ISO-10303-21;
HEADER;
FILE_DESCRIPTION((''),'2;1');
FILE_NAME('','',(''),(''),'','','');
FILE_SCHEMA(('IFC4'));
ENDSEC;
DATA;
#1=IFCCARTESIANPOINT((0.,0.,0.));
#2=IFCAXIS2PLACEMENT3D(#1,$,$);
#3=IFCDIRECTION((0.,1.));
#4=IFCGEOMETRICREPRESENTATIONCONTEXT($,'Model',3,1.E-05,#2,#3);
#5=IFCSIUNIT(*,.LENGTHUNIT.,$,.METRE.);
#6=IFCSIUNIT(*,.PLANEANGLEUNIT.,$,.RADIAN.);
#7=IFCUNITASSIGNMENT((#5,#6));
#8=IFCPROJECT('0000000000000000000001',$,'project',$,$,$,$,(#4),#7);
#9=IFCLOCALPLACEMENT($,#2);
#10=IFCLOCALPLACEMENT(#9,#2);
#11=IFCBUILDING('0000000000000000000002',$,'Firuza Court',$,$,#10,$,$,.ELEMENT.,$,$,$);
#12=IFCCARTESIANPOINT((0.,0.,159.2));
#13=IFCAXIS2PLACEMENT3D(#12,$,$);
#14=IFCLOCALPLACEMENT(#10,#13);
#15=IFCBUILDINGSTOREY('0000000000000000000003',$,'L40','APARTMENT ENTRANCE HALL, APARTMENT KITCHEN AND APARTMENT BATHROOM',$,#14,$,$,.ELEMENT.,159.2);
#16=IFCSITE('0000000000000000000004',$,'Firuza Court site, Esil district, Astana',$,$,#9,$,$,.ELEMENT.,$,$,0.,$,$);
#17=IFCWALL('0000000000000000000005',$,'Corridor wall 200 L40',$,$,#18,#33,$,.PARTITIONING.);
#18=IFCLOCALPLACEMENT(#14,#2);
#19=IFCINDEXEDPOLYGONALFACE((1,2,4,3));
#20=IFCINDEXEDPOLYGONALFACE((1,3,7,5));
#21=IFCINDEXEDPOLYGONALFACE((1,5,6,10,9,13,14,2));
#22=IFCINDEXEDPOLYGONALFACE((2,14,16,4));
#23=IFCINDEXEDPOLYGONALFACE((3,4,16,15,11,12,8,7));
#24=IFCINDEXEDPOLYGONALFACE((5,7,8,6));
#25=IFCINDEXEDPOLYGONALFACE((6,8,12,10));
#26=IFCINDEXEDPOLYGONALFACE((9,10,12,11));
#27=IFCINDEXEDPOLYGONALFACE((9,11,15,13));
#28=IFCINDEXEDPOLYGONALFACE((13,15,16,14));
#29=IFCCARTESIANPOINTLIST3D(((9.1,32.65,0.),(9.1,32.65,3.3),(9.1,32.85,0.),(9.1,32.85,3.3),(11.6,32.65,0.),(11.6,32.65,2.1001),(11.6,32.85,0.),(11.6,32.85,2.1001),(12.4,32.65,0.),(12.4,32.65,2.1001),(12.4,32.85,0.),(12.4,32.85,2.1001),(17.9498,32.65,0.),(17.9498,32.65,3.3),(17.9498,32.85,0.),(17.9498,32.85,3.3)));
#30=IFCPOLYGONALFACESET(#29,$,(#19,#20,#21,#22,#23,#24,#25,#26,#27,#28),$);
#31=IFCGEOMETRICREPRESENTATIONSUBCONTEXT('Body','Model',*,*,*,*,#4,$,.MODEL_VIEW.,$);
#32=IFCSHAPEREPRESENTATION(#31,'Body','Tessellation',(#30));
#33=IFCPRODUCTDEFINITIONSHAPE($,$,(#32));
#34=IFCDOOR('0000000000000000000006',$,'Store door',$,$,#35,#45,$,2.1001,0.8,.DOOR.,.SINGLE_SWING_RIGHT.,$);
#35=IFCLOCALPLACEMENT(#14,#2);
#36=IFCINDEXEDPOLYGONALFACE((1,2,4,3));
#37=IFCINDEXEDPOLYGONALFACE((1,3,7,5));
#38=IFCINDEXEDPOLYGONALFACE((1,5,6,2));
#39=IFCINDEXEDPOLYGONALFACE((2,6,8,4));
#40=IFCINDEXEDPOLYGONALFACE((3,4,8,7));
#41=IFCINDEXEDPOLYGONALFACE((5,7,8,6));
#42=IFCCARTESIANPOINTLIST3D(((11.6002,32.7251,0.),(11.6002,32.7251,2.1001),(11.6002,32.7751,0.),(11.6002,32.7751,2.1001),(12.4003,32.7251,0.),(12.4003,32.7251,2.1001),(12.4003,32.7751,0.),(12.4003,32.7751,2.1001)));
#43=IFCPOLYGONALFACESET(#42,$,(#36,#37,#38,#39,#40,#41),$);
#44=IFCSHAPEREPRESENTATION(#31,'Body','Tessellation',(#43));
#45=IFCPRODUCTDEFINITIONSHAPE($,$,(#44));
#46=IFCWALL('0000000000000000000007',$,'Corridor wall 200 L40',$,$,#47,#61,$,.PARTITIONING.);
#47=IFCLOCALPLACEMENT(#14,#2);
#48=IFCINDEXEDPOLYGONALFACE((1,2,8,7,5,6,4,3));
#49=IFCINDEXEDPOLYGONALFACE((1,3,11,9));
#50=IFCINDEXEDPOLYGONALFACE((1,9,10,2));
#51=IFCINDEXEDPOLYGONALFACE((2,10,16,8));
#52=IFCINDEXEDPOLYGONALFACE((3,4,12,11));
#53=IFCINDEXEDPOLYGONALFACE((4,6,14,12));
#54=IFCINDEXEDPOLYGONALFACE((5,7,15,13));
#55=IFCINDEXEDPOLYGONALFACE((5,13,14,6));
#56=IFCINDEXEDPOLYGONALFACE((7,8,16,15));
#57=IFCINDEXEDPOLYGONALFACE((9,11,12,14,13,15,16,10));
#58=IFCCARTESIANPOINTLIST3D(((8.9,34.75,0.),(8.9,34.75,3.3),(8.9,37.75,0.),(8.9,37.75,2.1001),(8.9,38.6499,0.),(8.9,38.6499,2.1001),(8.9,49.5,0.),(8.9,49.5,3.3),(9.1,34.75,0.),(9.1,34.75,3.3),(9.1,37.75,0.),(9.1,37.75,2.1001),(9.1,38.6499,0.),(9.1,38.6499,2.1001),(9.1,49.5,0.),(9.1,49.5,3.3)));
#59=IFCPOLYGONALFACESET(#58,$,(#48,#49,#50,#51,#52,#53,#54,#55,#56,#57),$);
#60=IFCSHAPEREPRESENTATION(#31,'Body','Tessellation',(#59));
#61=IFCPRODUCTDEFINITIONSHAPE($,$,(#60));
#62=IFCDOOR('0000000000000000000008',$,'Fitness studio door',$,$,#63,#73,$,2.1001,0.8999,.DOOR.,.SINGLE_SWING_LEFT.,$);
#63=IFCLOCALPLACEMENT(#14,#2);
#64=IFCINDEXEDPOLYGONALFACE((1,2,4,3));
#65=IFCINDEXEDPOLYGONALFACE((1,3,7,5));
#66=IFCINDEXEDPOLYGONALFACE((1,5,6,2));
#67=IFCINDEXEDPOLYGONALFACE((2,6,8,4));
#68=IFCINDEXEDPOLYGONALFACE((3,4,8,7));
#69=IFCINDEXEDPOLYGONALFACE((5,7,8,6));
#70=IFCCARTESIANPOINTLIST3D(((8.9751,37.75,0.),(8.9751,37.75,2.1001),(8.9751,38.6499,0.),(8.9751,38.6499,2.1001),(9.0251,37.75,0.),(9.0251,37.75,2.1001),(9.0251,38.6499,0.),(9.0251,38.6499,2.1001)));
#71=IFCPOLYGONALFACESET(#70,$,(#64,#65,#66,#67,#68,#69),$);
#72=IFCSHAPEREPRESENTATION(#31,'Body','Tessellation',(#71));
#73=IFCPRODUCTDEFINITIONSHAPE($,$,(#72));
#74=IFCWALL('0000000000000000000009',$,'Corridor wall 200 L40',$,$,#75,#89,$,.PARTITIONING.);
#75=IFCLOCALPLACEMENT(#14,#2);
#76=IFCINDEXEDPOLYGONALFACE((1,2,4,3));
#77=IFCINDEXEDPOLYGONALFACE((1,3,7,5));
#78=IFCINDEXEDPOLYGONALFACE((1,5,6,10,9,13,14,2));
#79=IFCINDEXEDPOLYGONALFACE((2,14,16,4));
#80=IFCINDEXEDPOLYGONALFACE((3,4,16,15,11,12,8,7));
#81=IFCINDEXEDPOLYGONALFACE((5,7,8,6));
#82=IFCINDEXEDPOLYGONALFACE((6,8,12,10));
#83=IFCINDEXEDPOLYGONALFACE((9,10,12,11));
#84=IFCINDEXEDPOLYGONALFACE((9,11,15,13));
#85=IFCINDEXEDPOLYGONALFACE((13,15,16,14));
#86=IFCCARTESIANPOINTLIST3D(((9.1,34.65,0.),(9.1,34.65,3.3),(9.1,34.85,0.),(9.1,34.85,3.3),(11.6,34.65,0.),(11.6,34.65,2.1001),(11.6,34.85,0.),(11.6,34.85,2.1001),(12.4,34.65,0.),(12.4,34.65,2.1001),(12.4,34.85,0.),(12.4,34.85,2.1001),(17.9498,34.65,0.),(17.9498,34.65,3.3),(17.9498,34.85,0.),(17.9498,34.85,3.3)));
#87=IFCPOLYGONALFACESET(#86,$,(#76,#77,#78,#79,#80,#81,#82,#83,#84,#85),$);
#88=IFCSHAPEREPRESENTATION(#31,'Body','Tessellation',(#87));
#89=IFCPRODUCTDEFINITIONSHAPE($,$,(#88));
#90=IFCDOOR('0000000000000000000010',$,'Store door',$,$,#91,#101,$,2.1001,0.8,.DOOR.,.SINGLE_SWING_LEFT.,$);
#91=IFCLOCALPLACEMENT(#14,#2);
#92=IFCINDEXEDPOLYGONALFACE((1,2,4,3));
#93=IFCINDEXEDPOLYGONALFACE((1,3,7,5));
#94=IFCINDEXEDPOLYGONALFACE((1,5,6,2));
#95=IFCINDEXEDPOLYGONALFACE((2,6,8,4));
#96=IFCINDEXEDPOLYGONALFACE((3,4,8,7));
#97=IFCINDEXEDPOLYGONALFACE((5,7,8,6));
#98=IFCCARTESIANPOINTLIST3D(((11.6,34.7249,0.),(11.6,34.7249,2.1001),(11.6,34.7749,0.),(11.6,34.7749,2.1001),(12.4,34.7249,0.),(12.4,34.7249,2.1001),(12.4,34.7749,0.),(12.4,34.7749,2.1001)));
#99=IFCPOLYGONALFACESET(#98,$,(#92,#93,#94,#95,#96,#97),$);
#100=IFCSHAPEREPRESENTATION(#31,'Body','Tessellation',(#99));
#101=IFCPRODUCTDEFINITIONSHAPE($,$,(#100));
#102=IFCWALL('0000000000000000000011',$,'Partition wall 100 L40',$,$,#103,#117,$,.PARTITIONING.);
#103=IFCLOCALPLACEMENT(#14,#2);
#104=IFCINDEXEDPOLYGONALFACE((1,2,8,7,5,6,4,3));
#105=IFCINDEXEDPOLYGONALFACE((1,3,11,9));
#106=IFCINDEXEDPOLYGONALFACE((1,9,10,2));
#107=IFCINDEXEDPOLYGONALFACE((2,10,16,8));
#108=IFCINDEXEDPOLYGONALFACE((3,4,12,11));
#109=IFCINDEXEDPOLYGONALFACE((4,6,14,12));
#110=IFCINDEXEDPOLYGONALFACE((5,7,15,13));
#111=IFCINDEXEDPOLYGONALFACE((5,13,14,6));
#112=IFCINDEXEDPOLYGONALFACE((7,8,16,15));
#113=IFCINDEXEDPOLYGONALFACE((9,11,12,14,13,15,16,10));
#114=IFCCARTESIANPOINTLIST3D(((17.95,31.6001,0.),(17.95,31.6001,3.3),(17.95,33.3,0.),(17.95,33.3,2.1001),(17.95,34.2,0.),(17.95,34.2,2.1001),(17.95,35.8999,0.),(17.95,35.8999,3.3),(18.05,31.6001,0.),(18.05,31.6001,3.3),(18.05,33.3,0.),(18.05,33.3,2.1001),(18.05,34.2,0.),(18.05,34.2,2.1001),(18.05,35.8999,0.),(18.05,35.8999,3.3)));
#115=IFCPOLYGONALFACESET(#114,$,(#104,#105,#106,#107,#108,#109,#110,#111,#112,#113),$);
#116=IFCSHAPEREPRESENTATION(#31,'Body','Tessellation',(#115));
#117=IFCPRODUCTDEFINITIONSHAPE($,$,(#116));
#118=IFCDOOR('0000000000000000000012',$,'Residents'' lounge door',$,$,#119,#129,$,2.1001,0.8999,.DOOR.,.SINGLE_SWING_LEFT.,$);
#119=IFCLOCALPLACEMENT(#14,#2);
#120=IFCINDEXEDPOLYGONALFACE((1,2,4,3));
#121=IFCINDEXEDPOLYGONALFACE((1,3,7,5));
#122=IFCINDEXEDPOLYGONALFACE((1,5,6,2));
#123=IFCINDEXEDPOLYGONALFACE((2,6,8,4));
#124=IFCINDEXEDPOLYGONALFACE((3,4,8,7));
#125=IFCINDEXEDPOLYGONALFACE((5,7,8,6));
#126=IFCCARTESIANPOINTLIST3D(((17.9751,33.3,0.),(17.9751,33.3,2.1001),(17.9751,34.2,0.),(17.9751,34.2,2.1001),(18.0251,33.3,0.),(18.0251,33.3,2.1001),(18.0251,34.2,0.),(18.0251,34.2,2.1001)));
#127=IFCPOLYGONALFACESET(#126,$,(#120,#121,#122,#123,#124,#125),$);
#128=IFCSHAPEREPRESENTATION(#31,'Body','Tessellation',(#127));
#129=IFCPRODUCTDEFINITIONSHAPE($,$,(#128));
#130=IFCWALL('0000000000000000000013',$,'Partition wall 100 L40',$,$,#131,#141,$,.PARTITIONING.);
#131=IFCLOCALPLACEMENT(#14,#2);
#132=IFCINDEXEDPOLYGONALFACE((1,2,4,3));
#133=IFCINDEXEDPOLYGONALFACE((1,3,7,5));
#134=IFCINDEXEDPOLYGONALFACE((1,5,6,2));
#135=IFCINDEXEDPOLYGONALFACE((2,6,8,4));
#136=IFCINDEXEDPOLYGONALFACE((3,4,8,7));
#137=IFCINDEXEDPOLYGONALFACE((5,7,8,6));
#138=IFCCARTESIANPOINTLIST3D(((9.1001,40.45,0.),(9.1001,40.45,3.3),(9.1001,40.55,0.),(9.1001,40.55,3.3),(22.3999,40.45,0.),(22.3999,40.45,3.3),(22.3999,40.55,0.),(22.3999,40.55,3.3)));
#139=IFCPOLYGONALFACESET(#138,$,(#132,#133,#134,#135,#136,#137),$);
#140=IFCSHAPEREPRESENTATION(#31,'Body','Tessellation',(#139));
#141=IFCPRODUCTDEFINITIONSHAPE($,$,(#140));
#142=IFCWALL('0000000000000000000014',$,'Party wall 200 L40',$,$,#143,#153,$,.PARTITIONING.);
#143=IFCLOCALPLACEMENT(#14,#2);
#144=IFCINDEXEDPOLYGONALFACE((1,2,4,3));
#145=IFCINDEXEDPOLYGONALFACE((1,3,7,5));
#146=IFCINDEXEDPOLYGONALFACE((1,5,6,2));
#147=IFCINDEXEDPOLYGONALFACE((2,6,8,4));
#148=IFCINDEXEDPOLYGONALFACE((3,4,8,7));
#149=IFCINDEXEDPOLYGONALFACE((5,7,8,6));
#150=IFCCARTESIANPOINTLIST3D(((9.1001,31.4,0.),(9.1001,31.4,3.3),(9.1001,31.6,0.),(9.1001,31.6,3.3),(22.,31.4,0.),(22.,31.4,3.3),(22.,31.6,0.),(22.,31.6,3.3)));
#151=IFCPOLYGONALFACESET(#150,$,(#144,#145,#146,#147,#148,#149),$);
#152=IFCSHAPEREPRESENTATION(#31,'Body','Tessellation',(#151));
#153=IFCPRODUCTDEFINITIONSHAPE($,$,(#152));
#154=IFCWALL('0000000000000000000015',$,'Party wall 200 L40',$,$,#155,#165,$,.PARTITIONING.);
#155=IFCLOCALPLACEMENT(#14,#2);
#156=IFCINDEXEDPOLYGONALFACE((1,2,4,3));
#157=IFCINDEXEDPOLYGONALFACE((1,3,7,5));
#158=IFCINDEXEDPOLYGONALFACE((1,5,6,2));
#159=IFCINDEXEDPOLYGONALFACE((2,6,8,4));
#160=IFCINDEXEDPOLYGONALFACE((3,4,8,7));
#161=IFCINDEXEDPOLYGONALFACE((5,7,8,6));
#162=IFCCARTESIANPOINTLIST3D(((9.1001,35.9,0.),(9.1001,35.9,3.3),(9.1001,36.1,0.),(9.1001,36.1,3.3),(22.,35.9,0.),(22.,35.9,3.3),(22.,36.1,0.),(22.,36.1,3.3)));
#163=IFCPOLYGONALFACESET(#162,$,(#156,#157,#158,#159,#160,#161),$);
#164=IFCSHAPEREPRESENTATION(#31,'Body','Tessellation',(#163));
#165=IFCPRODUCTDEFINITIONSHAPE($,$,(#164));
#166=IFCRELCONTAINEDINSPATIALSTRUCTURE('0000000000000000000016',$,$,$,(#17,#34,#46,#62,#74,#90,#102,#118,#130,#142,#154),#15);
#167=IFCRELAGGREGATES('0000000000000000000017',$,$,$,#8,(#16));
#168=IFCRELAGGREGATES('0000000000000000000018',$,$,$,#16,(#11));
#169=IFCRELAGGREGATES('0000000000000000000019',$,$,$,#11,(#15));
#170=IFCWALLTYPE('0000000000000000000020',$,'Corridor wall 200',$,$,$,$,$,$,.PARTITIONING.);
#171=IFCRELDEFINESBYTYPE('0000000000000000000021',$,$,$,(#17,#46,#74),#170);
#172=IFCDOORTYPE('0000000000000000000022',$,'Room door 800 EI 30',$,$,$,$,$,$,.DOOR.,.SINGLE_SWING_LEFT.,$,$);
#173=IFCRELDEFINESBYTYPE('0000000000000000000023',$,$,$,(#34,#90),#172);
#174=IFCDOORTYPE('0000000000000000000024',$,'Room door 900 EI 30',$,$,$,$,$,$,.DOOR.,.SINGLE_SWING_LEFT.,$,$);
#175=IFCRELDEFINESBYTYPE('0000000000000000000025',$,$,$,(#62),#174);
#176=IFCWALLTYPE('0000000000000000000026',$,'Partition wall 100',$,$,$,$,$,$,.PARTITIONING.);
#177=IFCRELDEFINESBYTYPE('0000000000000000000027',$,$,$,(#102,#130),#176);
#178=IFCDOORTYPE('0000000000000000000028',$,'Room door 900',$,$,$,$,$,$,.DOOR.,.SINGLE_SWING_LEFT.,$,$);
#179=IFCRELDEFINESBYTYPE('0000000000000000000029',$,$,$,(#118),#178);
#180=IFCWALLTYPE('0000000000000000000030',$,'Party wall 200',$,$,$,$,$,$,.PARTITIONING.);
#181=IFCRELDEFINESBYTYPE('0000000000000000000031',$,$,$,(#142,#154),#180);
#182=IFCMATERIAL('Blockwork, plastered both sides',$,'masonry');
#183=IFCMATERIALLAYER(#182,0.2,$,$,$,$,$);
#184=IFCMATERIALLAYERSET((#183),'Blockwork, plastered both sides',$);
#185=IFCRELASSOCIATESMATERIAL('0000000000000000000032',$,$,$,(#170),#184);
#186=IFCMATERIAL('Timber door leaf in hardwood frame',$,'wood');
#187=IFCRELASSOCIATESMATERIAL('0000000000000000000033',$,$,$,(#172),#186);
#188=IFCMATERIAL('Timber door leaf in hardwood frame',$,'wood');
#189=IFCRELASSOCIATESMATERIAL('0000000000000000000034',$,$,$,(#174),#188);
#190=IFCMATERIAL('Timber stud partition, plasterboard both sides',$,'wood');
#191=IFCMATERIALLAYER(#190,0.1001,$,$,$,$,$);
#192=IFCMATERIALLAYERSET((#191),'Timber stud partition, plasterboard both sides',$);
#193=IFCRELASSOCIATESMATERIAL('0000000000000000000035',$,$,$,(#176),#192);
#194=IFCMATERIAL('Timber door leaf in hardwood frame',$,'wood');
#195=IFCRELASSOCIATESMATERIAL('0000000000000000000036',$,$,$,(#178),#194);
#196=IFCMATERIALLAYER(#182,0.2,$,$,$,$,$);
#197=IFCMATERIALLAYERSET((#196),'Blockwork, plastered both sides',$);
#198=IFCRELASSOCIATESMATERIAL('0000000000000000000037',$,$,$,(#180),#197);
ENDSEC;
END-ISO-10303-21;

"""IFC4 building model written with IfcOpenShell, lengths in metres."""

from ifc_helpers import new_model, si_unit, direction, frame, frame_2d, origin, place, context, subcontext, project, spatial, rectangle, extrude, material, layer, layer_set, type_object, element, fill, save


model = new_model("IFC4")

# Units and contexts
model_context = context("Model", 3, precision=1e-05, world=origin(), true_north=direction((0.0, 1.0)))
body_context = subcontext(model_context, "Body", "Model", "MODEL_VIEW")
ifc_project = project(units=[si_unit("LENGTHUNIT", "METRE"), si_unit("PLANEANGLEUNIT", "RADIAN")], contexts=[model_context])

# Site, building, storey
site_placement = place(None, origin())
site = spatial("IfcSite", under=ifc_project, at=site_placement, Name="Firuza Court site, Esil district, Astana", CompositionType="ELEMENT", RefElevation=0.0)
building_placement = place(site_placement, origin())
building = spatial("IfcBuilding", under=site, at=building_placement, Name="Firuza Court", CompositionType="ELEMENT")
storey_placement = place(building_placement, frame((0.0, 0.0, 159.2)))
storey = spatial("IfcBuildingStorey", under=building, at=storey_placement, Name="L40", Description="APARTMENT ENTRANCE HALL, APARTMENT KITCHEN AND APARTMENT BATHROOM", CompositionType="ELEMENT", Elevation=159.2)

# Walls, openings, doors
ifc_material_1 = material(Name="Blockwork, plastered both sides", Category="masonry")
ifc_layer_1 = layer(ifc_material_1, 0.2)
ifc_layer_set_1 = layer_set([ifc_layer_1], Name="Blockwork, plastered both sides")
wall_type_1 = type_object("IfcWallType", Name="Corridor wall 200", PredefinedType="PARTITIONING", material=ifc_layer_set_1)
wall_1_placement = place(storey_placement, frame((9.1001, 32.75, 0.0), z_axis=(0.0, 0.0, 1.0), x_axis=(1.0, 0.0, 0.0)))
wall_1 = element("IfcWall", 1, at=wall_1_placement, inside=storey, type_object=wall_type_1, Name="Corridor wall 200 L40", PredefinedType="PARTITIONING", context=body_context, shape_type="SweptSolid", body=[
    extrude(rectangle(XDim=8.8499, YDim=0.2, at=frame_2d((4.4248, 0.0))), origin(), (0.0, 0.0, 1.0), 3.3),
])
opening_1_placement = place(wall_1_placement, frame((2.5, 0.0, 0.0)))
opening_1 = element("IfcOpeningElement", 2, at=opening_1_placement, cuts=wall_1, PredefinedType="OPENING", context=body_context, shape_type="SweptSolid", body=[
    extrude(rectangle(XDim=0.8, YDim=2.1001, at=frame_2d((0.3999, 1.05))), frame((0.0, 0.1118, 0.0), z_axis=(0.0, -1.0, 0.0), x_axis=(1.0, 0.0, 0.0)), (0.0, 0.0, 1.0), 0.2239),
])
ifc_material_2 = material(Name="Timber door leaf in hardwood frame", Category="wood")
door_type_1 = type_object("IfcDoorType", Name="Room door 800 EI 30", OperationType="SINGLE_SWING_LEFT", PredefinedType="DOOR", material=ifc_material_2)
door_1_placement = place(opening_1_placement, frame((0.8, 0.0, 0.0), z_axis=(0.0, 0.0, 1.0), x_axis=(-1.0, 0.0, 0.0)))
door_1 = element("IfcDoor", 3, at=door_1_placement, inside=storey, type_object=door_type_1, Name="Store door", OperationType="SINGLE_SWING_RIGHT", OverallHeight=2.1001, OverallWidth=0.8, PredefinedType="DOOR", context=body_context, shape_type="SweptSolid", body=[
    extrude(rectangle(XDim=0.8, YDim=2.1001, at=frame_2d((0.3999, 1.05))), frame((0.0, 0.0249, 0.0), z_axis=(0.0, -1.0, 0.0), x_axis=(1.0, 0.0, 0.0)), (0.0, 0.0, 1.0), 0.05),
])
fill(opening_1, door_1)
wall_2_placement = place(storey_placement, frame((9.0, 34.75, 0.0), z_axis=(0.0, 0.0, 1.0), x_axis=(0.0, 1.0, 0.0)))
wall_2 = element("IfcWall", 4, at=wall_2_placement, inside=storey, type_object=wall_type_1, Name="Corridor wall 200 L40", PredefinedType="PARTITIONING", context=body_context, shape_type="SweptSolid", body=[
    extrude(rectangle(XDim=14.75, YDim=0.2, at=frame_2d((7.375, 0.0))), origin(), (0.0, 0.0, 1.0), 3.3),
])
opening_2_placement = place(wall_2_placement, frame((3.0, 0.0, 0.0)))
opening_2 = element("IfcOpeningElement", 5, at=opening_2_placement, cuts=wall_2, PredefinedType="OPENING", context=body_context, shape_type="SweptSolid", body=[
    extrude(rectangle(XDim=0.8999, YDim=2.1001, at=frame_2d((0.45, 1.05))), frame((0.0, 0.1118, 0.0), z_axis=(0.0, -1.0, 0.0), x_axis=(1.0, 0.0, 0.0)), (0.0, 0.0, 1.0), 0.2239),
])
ifc_material_3 = material(Name="Timber door leaf in hardwood frame", Category="wood")
door_type_2 = type_object("IfcDoorType", Name="Room door 900 EI 30", OperationType="SINGLE_SWING_LEFT", PredefinedType="DOOR", material=ifc_material_3)
door_2_placement = place(opening_2_placement, origin())
door_2 = element("IfcDoor", 6, at=door_2_placement, inside=storey, type_object=door_type_2, Name="Fitness studio door", OperationType="SINGLE_SWING_LEFT", OverallHeight=2.1001, OverallWidth=0.8999, PredefinedType="DOOR", context=body_context, shape_type="SweptSolid", body=[
    extrude(rectangle(XDim=0.8999, YDim=2.1001, at=frame_2d((0.45, 1.05))), frame((0.0, 0.0249, 0.0), z_axis=(0.0, -1.0, 0.0), x_axis=(1.0, 0.0, 0.0)), (0.0, 0.0, 1.0), 0.05),
])
fill(opening_2, door_2)
wall_3_placement = place(storey_placement, frame((9.1001, 34.75, 0.0), z_axis=(0.0, 0.0, 1.0), x_axis=(1.0, 0.0, 0.0)))
wall_3 = element("IfcWall", 7, at=wall_3_placement, inside=storey, type_object=wall_type_1, Name="Corridor wall 200 L40", PredefinedType="PARTITIONING", context=body_context, shape_type="SweptSolid", body=[
    extrude(rectangle(XDim=8.8499, YDim=0.2, at=frame_2d((4.4248, 0.0))), origin(), (0.0, 0.0, 1.0), 3.3),
])
opening_3_placement = place(wall_3_placement, frame((2.5, 0.0, 0.0)))
opening_3 = element("IfcOpeningElement", 8, at=opening_3_placement, cuts=wall_3, PredefinedType="OPENING", context=body_context, shape_type="SweptSolid", body=[
    extrude(rectangle(XDim=0.8, YDim=2.1001, at=frame_2d((0.3999, 1.05))), frame((0.0, 0.1118, 0.0), z_axis=(0.0, -1.0, 0.0), x_axis=(1.0, 0.0, 0.0)), (0.0, 0.0, 1.0), 0.2239),
])
door_3_placement = place(opening_3_placement, origin())
door_3 = element("IfcDoor", 9, at=door_3_placement, inside=storey, type_object=door_type_1, Name="Store door", OperationType="SINGLE_SWING_LEFT", OverallHeight=2.1001, OverallWidth=0.8, PredefinedType="DOOR", context=body_context, shape_type="SweptSolid", body=[
    extrude(rectangle(XDim=0.8, YDim=2.1001, at=frame_2d((0.3999, 1.05))), frame((0.0, 0.0249, 0.0), z_axis=(0.0, -1.0, 0.0), x_axis=(1.0, 0.0, 0.0)), (0.0, 0.0, 1.0), 0.05),
])
fill(opening_3, door_3)
ifc_material_4 = material(Name="Timber stud partition, plasterboard both sides", Category="wood")
ifc_layer_2 = layer(ifc_material_4, 0.1001)
ifc_layer_set_2 = layer_set([ifc_layer_2], Name="Timber stud partition, plasterboard both sides")
wall_type_2 = type_object("IfcWallType", Name="Partition wall 100", PredefinedType="PARTITIONING", material=ifc_layer_set_2)
wall_4_placement = place(storey_placement, frame((18.0, 31.6001, 0.0), z_axis=(0.0, 0.0, 1.0), x_axis=(0.0, 1.0, 0.0)))
wall_4 = element("IfcWall", 10, at=wall_4_placement, inside=storey, type_object=wall_type_2, Name="Partition wall 100 L40", PredefinedType="PARTITIONING", context=body_context, shape_type="SweptSolid", body=[
    extrude(rectangle(XDim=4.2998, YDim=0.1001, at=frame_2d((2.1499, 0.0))), origin(), (0.0, 0.0, 1.0), 3.3),
])
opening_4_placement = place(wall_4_placement, frame((1.7, 0.0, 0.0)))
opening_4 = element("IfcOpeningElement", 11, at=opening_4_placement, cuts=wall_4, PredefinedType="OPENING", context=body_context, shape_type="SweptSolid", body=[
    extrude(rectangle(XDim=0.8999, YDim=2.1001, at=frame_2d((0.45, 1.05))), frame((0.0, 0.062, 0.0), z_axis=(0.0, -1.0, 0.0), x_axis=(1.0, 0.0, 0.0)), (0.0, 0.0, 1.0), 0.124),
])
ifc_material_5 = material(Name="Timber door leaf in hardwood frame", Category="wood")
door_type_3 = type_object("IfcDoorType", Name="Room door 900", OperationType="SINGLE_SWING_LEFT", PredefinedType="DOOR", material=ifc_material_5)
door_4_placement = place(opening_4_placement, origin())
door_4 = element("IfcDoor", 12, at=door_4_placement, inside=storey, type_object=door_type_3, Name="Residents' lounge door", OperationType="SINGLE_SWING_LEFT", OverallHeight=2.1001, OverallWidth=0.8999, PredefinedType="DOOR", context=body_context, shape_type="SweptSolid", body=[
    extrude(rectangle(XDim=0.8999, YDim=2.1001, at=frame_2d((0.45, 1.05))), frame((0.0, 0.0249, 0.0), z_axis=(0.0, -1.0, 0.0), x_axis=(1.0, 0.0, 0.0)), (0.0, 0.0, 1.0), 0.05),
])
fill(opening_4, door_4)

# Walls
wall_5_placement = place(storey_placement, frame((9.1001, 40.5, 0.0), z_axis=(0.0, 0.0, 1.0), x_axis=(1.0, 0.0, 0.0)))
element("IfcWall", 13, at=wall_5_placement, inside=storey, type_object=wall_type_2, Name="Partition wall 100 L40", PredefinedType="PARTITIONING", context=body_context, shape_type="SweptSolid", body=[
    extrude(rectangle(XDim=13.2998, YDim=0.1001, at=frame_2d((6.6499, 0.0))), origin(), (0.0, 0.0, 1.0), 3.3),
])
ifc_layer_3 = layer(ifc_material_1, 0.2)
ifc_layer_set_3 = layer_set([ifc_layer_3], Name="Blockwork, plastered both sides")
wall_type_3 = type_object("IfcWallType", Name="Party wall 200", PredefinedType="PARTITIONING", material=ifc_layer_set_3)
for number, where, z_axis, x_axis, name in (
    (14, (9.1001, 31.5, 0.0), (0.0, 0.0, 1.0), (1.0, 0.0, 0.0), "Party wall 200 L40"),
    (15, (9.1001, 36.0, 0.0), (0.0, 0.0, 1.0), (1.0, 0.0, 0.0), "Party wall 200 L40"),
):
    element("IfcWall", number, at=place(storey_placement, frame(where, z_axis=z_axis, x_axis=x_axis)), inside=storey, type_object=wall_type_3, Name=name, PredefinedType="PARTITIONING", context=body_context, shape_type="SweptSolid", body=[
        extrude(rectangle(XDim=12.8999, YDim=0.2, at=frame_2d((6.45, 0.0))), origin(), (0.0, 0.0, 1.0), 3.3),
    ])

save(model, "model.ifc")
